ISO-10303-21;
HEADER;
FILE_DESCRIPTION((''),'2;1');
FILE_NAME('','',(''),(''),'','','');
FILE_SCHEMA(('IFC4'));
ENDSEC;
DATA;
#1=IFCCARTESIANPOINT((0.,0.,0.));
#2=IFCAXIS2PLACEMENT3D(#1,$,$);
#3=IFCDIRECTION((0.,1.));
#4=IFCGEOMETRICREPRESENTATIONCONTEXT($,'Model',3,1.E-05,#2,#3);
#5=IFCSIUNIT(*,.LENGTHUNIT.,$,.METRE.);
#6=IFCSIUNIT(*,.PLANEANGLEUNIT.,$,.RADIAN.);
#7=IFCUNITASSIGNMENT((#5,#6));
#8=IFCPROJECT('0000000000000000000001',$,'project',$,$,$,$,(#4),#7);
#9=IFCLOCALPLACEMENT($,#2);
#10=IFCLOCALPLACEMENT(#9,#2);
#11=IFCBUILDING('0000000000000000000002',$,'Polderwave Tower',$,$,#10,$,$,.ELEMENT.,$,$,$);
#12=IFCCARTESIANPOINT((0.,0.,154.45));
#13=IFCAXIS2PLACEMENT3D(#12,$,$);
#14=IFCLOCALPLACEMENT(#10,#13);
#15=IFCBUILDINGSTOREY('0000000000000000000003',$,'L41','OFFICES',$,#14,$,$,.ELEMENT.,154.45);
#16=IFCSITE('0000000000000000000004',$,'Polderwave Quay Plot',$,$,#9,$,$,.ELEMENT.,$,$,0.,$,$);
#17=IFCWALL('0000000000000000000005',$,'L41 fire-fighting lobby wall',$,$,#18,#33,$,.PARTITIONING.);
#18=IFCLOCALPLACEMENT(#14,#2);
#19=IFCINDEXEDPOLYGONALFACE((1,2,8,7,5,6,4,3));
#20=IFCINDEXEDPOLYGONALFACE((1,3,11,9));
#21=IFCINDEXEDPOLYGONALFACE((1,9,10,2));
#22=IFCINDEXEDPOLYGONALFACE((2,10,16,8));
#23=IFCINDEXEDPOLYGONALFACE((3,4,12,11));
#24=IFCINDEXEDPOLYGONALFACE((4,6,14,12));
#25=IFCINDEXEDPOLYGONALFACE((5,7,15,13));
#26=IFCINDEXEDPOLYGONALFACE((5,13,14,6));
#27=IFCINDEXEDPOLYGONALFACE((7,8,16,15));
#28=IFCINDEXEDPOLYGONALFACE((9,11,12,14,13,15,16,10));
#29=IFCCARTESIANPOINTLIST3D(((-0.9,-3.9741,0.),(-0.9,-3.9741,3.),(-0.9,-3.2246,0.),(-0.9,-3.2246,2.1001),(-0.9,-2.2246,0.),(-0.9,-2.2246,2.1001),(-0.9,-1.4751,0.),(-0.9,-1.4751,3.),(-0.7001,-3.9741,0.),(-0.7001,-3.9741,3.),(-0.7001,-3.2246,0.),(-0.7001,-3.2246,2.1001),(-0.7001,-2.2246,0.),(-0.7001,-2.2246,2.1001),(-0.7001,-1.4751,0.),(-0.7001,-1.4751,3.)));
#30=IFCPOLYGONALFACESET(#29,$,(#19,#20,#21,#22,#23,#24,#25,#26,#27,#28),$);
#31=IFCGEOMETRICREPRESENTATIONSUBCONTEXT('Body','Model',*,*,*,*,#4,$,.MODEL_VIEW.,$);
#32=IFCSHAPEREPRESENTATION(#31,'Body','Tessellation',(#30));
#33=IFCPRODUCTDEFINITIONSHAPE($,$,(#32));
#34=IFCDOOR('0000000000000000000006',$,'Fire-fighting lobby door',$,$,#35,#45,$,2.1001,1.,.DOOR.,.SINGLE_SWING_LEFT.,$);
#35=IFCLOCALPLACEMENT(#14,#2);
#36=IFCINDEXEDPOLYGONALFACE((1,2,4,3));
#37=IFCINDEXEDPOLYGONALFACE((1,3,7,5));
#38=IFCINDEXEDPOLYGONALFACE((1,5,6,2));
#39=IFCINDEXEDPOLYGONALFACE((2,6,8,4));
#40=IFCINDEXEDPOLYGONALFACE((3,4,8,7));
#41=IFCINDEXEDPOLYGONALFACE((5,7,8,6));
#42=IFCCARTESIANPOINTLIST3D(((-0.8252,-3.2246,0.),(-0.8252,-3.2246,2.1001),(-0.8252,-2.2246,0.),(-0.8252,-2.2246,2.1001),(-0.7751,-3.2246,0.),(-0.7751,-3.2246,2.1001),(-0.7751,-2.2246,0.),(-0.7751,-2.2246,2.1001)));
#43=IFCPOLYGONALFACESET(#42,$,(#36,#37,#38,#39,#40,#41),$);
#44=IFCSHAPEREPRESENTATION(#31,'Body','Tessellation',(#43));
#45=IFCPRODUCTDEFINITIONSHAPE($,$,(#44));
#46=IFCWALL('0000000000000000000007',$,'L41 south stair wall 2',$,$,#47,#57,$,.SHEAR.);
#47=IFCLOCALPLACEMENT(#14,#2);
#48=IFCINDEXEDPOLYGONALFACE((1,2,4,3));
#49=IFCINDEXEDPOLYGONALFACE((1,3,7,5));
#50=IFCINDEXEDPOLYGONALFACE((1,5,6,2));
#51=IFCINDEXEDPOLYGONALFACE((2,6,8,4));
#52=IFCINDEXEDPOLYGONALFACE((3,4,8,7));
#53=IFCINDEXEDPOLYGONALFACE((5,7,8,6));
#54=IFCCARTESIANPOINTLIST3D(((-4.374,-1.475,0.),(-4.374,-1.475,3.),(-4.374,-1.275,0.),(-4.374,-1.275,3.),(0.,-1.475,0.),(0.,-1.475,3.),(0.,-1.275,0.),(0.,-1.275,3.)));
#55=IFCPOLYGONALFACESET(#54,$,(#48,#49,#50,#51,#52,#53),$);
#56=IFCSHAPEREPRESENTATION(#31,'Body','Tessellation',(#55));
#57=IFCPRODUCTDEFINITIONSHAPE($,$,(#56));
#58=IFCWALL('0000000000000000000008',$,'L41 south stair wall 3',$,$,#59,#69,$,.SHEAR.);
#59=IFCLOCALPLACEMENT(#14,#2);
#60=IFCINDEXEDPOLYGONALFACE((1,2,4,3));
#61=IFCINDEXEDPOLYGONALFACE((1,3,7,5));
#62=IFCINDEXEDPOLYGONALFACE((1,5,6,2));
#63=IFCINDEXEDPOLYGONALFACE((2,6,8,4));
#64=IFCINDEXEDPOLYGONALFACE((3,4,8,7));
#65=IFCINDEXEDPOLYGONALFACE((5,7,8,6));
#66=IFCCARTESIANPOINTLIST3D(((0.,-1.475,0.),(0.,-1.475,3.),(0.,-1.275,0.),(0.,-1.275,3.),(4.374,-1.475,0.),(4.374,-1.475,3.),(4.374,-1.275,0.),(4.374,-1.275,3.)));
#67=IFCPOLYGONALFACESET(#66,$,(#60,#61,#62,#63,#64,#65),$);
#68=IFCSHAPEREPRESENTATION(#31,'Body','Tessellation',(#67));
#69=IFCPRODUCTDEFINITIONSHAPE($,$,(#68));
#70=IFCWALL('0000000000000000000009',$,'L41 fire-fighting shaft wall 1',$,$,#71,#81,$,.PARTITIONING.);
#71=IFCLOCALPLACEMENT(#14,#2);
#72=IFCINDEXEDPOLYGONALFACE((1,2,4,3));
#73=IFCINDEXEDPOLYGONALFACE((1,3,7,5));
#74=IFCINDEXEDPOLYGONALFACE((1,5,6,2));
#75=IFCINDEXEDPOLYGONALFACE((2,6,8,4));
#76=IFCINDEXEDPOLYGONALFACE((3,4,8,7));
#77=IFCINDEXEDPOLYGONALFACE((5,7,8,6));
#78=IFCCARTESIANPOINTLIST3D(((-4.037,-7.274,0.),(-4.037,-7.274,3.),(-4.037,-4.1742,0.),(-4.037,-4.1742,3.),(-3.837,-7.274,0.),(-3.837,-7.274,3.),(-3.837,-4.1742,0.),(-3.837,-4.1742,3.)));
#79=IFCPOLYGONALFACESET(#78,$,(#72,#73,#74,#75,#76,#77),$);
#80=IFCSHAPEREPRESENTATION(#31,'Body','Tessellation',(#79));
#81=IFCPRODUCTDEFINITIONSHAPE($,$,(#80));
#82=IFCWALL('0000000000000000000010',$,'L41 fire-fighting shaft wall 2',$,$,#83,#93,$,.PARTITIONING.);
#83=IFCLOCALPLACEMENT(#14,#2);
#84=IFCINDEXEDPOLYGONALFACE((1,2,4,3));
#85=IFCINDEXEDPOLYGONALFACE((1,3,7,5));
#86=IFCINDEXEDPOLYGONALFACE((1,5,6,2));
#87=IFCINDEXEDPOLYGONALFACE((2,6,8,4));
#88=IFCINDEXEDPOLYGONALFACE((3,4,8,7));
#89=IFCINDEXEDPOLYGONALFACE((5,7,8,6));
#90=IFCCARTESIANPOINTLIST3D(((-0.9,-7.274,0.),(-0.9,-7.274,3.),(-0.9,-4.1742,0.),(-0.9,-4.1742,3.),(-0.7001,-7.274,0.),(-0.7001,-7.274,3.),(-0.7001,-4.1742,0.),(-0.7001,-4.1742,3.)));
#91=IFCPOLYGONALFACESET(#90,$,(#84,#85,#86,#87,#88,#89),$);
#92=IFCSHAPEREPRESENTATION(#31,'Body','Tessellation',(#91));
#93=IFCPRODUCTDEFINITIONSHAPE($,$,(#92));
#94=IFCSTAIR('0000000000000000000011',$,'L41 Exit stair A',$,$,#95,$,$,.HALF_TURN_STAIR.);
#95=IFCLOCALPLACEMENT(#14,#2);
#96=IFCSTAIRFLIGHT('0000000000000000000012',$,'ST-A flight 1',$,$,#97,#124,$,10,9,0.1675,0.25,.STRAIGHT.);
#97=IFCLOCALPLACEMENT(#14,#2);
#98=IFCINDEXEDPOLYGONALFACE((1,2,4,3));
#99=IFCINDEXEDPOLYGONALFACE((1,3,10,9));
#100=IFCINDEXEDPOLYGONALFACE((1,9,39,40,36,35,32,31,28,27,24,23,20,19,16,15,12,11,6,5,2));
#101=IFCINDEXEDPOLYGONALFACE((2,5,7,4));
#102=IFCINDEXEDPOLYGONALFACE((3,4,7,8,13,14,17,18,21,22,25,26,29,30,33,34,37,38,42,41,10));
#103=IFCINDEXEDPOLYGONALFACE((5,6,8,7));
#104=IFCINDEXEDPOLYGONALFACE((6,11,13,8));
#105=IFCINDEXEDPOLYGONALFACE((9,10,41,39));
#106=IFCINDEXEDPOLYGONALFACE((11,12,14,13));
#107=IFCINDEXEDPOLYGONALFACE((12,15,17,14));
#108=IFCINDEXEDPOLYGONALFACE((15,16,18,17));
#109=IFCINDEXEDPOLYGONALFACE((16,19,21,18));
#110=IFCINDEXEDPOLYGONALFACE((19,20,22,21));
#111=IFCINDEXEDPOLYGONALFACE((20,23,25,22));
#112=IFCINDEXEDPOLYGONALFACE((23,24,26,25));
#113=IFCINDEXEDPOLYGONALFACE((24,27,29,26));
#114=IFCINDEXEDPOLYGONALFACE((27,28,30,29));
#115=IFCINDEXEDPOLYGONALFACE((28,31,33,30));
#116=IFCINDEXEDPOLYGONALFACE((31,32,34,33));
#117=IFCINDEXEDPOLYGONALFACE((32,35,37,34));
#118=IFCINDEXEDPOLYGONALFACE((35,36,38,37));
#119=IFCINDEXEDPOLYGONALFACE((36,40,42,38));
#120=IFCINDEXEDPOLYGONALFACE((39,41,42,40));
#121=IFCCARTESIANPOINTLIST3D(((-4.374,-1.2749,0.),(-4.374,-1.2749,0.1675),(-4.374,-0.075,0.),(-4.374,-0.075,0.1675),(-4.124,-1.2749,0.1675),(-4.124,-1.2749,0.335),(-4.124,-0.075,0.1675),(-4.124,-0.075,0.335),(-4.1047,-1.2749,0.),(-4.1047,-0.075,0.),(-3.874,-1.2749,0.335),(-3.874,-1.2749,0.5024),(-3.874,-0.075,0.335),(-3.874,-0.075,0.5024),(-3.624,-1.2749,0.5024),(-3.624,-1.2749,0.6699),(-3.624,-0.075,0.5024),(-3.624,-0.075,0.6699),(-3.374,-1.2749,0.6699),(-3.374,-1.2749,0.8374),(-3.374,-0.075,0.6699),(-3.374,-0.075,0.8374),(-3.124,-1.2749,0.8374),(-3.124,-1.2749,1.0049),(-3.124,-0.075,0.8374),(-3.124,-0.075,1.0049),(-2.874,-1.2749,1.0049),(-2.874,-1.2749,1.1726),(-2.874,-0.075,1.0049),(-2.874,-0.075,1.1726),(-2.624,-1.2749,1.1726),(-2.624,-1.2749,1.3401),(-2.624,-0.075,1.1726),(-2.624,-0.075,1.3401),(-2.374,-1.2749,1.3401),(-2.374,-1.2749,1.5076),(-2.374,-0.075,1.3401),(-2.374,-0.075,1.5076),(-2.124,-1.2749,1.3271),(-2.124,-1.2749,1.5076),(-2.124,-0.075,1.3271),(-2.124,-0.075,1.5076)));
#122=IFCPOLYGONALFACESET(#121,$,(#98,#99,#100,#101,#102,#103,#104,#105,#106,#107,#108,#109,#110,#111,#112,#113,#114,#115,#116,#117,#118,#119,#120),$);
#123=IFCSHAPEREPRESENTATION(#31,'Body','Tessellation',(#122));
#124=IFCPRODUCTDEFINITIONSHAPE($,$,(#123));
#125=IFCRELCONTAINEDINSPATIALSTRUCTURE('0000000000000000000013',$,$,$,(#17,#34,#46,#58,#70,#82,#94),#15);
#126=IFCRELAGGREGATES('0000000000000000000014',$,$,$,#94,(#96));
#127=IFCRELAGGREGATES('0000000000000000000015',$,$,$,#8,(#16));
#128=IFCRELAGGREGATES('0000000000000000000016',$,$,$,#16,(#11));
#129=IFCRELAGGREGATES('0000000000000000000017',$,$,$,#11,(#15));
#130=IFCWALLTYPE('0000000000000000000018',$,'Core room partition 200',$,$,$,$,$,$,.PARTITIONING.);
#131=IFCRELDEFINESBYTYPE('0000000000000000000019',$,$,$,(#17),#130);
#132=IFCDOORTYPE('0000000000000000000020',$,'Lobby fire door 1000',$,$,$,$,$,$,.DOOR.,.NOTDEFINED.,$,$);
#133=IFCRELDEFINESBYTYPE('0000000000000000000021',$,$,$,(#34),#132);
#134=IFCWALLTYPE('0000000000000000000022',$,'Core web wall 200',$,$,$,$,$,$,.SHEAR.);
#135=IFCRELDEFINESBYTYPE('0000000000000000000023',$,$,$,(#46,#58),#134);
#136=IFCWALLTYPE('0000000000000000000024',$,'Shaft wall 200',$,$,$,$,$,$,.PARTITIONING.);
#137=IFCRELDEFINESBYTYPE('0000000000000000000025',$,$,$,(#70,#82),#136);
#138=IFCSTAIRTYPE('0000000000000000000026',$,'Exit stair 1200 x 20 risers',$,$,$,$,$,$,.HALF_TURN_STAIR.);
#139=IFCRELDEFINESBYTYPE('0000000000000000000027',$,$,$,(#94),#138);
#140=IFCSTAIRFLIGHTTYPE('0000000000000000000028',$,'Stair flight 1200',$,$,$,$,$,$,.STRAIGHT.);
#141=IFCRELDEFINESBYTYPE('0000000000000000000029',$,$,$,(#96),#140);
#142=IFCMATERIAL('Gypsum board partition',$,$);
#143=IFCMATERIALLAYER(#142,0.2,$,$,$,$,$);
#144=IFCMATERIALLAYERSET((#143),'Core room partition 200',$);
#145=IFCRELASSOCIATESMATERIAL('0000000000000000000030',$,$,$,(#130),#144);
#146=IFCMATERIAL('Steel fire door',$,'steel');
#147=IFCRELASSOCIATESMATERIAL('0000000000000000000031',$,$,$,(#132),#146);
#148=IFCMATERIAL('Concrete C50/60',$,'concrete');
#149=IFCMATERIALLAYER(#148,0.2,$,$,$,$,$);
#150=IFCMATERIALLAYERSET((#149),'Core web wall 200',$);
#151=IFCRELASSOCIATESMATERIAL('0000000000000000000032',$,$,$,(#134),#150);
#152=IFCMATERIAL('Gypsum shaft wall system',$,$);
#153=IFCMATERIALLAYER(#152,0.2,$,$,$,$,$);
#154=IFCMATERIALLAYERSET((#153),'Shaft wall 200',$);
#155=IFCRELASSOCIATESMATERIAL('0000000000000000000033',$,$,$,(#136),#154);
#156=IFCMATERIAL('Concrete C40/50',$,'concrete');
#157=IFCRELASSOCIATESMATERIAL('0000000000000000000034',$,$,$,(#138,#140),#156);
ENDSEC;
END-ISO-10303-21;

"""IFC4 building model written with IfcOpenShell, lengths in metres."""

from ifc_helpers import new_model, si_unit, direction, frame, frame_2d, origin, place, context, subcontext, project, spatial, polyline, rectangle, outline, extrude, material, layer, layer_set, type_object, element, fill, aggregate, save


model = new_model("IFC4")

# Units and contexts
model_context = context("Model", 3, precision=1e-05, world=origin(), true_north=direction((0.0, 1.0)))
body_context = subcontext(model_context, "Body", "Model", "MODEL_VIEW")
ifc_project = project(units=[si_unit("LENGTHUNIT", "METRE"), si_unit("PLANEANGLEUNIT", "RADIAN")], contexts=[model_context])

# Site, building, storey
site_placement = place(None, origin())
site = spatial("IfcSite", under=ifc_project, at=site_placement, Name="Polderwave Quay Plot", CompositionType="ELEMENT", RefElevation=0.0)
building_placement = place(site_placement, origin())
building = spatial("IfcBuilding", under=site, at=building_placement, Name="Polderwave Tower", CompositionType="ELEMENT")
storey_placement = place(building_placement, frame((0.0, 0.0, 154.45)))
storey = spatial("IfcBuildingStorey", under=building, at=storey_placement, Name="L41", Description="OFFICES", CompositionType="ELEMENT", Elevation=154.45)

# Wall, opening, door
ifc_material_1 = material(Name="Gypsum board partition")
ifc_layer_1 = layer(ifc_material_1, 0.2)
ifc_layer_set_1 = layer_set([ifc_layer_1], Name="Core room partition 200")
wall_type_1 = type_object("IfcWallType", Name="Core room partition 200", PredefinedType="PARTITIONING", material=ifc_layer_set_1)
wall_placement = place(storey_placement, frame((-0.8, -3.9741, 0.0), z_axis=(0.0, 0.0, 1.0), x_axis=(0.0, 1.0, 0.0)))
wall = element("IfcWall", 1, at=wall_placement, inside=storey, type_object=wall_type_1, Name="L41 fire-fighting lobby wall", PredefinedType="PARTITIONING", context=body_context, shape_type="SweptSolid", body=[
    extrude(rectangle(XDim=2.499, YDim=0.2, at=frame_2d((1.2495, 0.0))), origin(), (0.0, 0.0, 1.0), 3.0),
])
opening_placement = place(wall_placement, frame((0.7495, 0.0, 0.0)))
opening = element("IfcOpeningElement", 2, at=opening_placement, cuts=wall, PredefinedType="OPENING", context=body_context, shape_type="SweptSolid", body=[
    extrude(rectangle(XDim=1.0, YDim=2.1001, at=frame_2d((0.5, 1.05))), frame((0.0, 0.1099, 0.0), z_axis=(0.0, -1.0, 0.0), x_axis=(1.0, 0.0, 0.0)), (0.0, 0.0, 1.0), 0.22),
])
ifc_material_2 = material(Name="Steel fire door", Category="steel")
door_type = type_object("IfcDoorType", Name="Lobby fire door 1000", OperationType="NOTDEFINED", PredefinedType="DOOR", material=ifc_material_2)
door_placement = place(opening_placement, frame((1.0, 0.0, 0.0), z_axis=(0.0, 0.0, 1.0), x_axis=(-1.0, 0.0, 0.0)))
door = element("IfcDoor", 3, at=door_placement, inside=storey, type_object=door_type, Name="Fire-fighting lobby door", OperationType="SINGLE_SWING_LEFT", OverallHeight=2.1001, OverallWidth=1.0, PredefinedType="DOOR", context=body_context, shape_type="SweptSolid", body=[
    extrude(rectangle(XDim=1.0, YDim=2.1001, at=frame_2d((0.5, 1.05))), frame((0.0, 0.0249, 0.0), z_axis=(0.0, -1.0, 0.0), x_axis=(1.0, 0.0, 0.0)), (0.0, 0.0, 1.0), 0.05),
])
fill(opening, door)

# Walls
ifc_material_3 = material(Name="Concrete C50/60", Category="concrete")
ifc_layer_2 = layer(ifc_material_3, 0.2)
ifc_layer_set_2 = layer_set([ifc_layer_2], Name="Core web wall 200")
wall_type_2 = type_object("IfcWallType", Name="Core web wall 200", PredefinedType="SHEAR", material=ifc_layer_set_2)
for number, where, z_axis, x_axis, name in (
    (4, (-4.374, -1.375, 0.0), (0.0, 0.0, 1.0), (1.0, 0.0, 0.0), "L41 south stair wall 2"),
    (5, (0.0, -1.375, 0.0), (0.0, 0.0, 1.0), (1.0, 0.0, 0.0), "L41 south stair wall 3"),
):
    element("IfcWall", number, at=place(storey_placement, frame(where, z_axis=z_axis, x_axis=x_axis)), inside=storey, type_object=wall_type_2, Name=name, PredefinedType="SHEAR", context=body_context, shape_type="SweptSolid", body=[
        extrude(rectangle(XDim=4.374, YDim=0.2, at=frame_2d((2.187, 0.0))), origin(), (0.0, 0.0, 1.0), 3.0),
    ])
ifc_material_4 = material(Name="Gypsum shaft wall system")
ifc_layer_3 = layer(ifc_material_4, 0.2)
ifc_layer_set_3 = layer_set([ifc_layer_3], Name="Shaft wall 200")
wall_type_3 = type_object("IfcWallType", Name="Shaft wall 200", PredefinedType="PARTITIONING", material=ifc_layer_set_3)
for number, where, z_axis, x_axis, name in (
    (6, (-3.937, -7.2739, 0.0), (0.0, 0.0, 1.0), (0.0, 1.0, 0.0), "L41 fire-fighting shaft wall 1"),
    (7, (-0.8, -7.2739, 0.0), (0.0, 0.0, 1.0), (0.0, 1.0, 0.0), "L41 fire-fighting shaft wall 2"),
):
    element("IfcWall", number, at=place(storey_placement, frame(where, z_axis=z_axis, x_axis=x_axis)), inside=storey, type_object=wall_type_3, Name=name, PredefinedType="PARTITIONING", context=body_context, shape_type="SweptSolid", body=[
        extrude(rectangle(XDim=3.0999, YDim=0.2, at=frame_2d((1.5498, 0.0))), origin(), (0.0, 0.0, 1.0), 3.0),
    ])

# Stair, stair flight
ifc_material_5 = material(Name="Concrete C40/50", Category="concrete")
stair_type = type_object("IfcStairType", Name="Exit stair 1200 x 20 risers", PredefinedType="HALF_TURN_STAIR", material=ifc_material_5)
stair_placement = place(storey_placement, origin())
stair = element("IfcStair", 8, at=stair_placement, inside=storey, type_object=stair_type, Name="L41 Exit stair A", PredefinedType="HALF_TURN_STAIR")
stair_flight_type = type_object("IfcStairFlightType", Name="Stair flight 1200", PredefinedType="STRAIGHT", material=ifc_material_5)
stair_flight_placement = place(storey_placement, frame((-4.374, -0.675, 0.0), z_axis=(0.0, 0.0, 1.0), x_axis=(1.0, 0.0, 0.0)))
stair_flight = element("IfcStairFlight", 9, at=stair_flight_placement, type_object=stair_flight_type, Name="ST-A flight 1", NumberOfRisers=10, NumberOfTreads=9, PredefinedType="STRAIGHT", RiserHeight=0.1675, TreadLength=0.25, context=body_context, shape_type="SweptSolid", body=[
    extrude(outline(polyline([(0.0, 0.0), (0.0, 0.1675), (0.25, 0.1675), (0.25, 0.335), (0.5, 0.335), (0.5, 0.5024), (0.75, 0.5024), (0.75, 0.6699), (1.0, 0.6699), (1.0, 0.8374), (1.25, 0.8374), (1.25, 1.0049), (1.5, 1.0049), (1.5, 1.1726), (1.75, 1.1726), (1.75, 1.3401), (2.0, 1.3401), (2.0, 1.5076), (2.25, 1.5076), (2.25, 1.675), (2.25, 1.3271), (0.2693, 0.0), (0.0, 0.0)])), frame((0.0, 0.6001, 0.0), z_axis=(0.0, -1.0, 0.0), x_axis=(1.0, 0.0, 0.0)), (0.0, 0.0, 1.0), 1.2),
])
aggregate(stair, [stair_flight])

save(model, "model.ifc")
